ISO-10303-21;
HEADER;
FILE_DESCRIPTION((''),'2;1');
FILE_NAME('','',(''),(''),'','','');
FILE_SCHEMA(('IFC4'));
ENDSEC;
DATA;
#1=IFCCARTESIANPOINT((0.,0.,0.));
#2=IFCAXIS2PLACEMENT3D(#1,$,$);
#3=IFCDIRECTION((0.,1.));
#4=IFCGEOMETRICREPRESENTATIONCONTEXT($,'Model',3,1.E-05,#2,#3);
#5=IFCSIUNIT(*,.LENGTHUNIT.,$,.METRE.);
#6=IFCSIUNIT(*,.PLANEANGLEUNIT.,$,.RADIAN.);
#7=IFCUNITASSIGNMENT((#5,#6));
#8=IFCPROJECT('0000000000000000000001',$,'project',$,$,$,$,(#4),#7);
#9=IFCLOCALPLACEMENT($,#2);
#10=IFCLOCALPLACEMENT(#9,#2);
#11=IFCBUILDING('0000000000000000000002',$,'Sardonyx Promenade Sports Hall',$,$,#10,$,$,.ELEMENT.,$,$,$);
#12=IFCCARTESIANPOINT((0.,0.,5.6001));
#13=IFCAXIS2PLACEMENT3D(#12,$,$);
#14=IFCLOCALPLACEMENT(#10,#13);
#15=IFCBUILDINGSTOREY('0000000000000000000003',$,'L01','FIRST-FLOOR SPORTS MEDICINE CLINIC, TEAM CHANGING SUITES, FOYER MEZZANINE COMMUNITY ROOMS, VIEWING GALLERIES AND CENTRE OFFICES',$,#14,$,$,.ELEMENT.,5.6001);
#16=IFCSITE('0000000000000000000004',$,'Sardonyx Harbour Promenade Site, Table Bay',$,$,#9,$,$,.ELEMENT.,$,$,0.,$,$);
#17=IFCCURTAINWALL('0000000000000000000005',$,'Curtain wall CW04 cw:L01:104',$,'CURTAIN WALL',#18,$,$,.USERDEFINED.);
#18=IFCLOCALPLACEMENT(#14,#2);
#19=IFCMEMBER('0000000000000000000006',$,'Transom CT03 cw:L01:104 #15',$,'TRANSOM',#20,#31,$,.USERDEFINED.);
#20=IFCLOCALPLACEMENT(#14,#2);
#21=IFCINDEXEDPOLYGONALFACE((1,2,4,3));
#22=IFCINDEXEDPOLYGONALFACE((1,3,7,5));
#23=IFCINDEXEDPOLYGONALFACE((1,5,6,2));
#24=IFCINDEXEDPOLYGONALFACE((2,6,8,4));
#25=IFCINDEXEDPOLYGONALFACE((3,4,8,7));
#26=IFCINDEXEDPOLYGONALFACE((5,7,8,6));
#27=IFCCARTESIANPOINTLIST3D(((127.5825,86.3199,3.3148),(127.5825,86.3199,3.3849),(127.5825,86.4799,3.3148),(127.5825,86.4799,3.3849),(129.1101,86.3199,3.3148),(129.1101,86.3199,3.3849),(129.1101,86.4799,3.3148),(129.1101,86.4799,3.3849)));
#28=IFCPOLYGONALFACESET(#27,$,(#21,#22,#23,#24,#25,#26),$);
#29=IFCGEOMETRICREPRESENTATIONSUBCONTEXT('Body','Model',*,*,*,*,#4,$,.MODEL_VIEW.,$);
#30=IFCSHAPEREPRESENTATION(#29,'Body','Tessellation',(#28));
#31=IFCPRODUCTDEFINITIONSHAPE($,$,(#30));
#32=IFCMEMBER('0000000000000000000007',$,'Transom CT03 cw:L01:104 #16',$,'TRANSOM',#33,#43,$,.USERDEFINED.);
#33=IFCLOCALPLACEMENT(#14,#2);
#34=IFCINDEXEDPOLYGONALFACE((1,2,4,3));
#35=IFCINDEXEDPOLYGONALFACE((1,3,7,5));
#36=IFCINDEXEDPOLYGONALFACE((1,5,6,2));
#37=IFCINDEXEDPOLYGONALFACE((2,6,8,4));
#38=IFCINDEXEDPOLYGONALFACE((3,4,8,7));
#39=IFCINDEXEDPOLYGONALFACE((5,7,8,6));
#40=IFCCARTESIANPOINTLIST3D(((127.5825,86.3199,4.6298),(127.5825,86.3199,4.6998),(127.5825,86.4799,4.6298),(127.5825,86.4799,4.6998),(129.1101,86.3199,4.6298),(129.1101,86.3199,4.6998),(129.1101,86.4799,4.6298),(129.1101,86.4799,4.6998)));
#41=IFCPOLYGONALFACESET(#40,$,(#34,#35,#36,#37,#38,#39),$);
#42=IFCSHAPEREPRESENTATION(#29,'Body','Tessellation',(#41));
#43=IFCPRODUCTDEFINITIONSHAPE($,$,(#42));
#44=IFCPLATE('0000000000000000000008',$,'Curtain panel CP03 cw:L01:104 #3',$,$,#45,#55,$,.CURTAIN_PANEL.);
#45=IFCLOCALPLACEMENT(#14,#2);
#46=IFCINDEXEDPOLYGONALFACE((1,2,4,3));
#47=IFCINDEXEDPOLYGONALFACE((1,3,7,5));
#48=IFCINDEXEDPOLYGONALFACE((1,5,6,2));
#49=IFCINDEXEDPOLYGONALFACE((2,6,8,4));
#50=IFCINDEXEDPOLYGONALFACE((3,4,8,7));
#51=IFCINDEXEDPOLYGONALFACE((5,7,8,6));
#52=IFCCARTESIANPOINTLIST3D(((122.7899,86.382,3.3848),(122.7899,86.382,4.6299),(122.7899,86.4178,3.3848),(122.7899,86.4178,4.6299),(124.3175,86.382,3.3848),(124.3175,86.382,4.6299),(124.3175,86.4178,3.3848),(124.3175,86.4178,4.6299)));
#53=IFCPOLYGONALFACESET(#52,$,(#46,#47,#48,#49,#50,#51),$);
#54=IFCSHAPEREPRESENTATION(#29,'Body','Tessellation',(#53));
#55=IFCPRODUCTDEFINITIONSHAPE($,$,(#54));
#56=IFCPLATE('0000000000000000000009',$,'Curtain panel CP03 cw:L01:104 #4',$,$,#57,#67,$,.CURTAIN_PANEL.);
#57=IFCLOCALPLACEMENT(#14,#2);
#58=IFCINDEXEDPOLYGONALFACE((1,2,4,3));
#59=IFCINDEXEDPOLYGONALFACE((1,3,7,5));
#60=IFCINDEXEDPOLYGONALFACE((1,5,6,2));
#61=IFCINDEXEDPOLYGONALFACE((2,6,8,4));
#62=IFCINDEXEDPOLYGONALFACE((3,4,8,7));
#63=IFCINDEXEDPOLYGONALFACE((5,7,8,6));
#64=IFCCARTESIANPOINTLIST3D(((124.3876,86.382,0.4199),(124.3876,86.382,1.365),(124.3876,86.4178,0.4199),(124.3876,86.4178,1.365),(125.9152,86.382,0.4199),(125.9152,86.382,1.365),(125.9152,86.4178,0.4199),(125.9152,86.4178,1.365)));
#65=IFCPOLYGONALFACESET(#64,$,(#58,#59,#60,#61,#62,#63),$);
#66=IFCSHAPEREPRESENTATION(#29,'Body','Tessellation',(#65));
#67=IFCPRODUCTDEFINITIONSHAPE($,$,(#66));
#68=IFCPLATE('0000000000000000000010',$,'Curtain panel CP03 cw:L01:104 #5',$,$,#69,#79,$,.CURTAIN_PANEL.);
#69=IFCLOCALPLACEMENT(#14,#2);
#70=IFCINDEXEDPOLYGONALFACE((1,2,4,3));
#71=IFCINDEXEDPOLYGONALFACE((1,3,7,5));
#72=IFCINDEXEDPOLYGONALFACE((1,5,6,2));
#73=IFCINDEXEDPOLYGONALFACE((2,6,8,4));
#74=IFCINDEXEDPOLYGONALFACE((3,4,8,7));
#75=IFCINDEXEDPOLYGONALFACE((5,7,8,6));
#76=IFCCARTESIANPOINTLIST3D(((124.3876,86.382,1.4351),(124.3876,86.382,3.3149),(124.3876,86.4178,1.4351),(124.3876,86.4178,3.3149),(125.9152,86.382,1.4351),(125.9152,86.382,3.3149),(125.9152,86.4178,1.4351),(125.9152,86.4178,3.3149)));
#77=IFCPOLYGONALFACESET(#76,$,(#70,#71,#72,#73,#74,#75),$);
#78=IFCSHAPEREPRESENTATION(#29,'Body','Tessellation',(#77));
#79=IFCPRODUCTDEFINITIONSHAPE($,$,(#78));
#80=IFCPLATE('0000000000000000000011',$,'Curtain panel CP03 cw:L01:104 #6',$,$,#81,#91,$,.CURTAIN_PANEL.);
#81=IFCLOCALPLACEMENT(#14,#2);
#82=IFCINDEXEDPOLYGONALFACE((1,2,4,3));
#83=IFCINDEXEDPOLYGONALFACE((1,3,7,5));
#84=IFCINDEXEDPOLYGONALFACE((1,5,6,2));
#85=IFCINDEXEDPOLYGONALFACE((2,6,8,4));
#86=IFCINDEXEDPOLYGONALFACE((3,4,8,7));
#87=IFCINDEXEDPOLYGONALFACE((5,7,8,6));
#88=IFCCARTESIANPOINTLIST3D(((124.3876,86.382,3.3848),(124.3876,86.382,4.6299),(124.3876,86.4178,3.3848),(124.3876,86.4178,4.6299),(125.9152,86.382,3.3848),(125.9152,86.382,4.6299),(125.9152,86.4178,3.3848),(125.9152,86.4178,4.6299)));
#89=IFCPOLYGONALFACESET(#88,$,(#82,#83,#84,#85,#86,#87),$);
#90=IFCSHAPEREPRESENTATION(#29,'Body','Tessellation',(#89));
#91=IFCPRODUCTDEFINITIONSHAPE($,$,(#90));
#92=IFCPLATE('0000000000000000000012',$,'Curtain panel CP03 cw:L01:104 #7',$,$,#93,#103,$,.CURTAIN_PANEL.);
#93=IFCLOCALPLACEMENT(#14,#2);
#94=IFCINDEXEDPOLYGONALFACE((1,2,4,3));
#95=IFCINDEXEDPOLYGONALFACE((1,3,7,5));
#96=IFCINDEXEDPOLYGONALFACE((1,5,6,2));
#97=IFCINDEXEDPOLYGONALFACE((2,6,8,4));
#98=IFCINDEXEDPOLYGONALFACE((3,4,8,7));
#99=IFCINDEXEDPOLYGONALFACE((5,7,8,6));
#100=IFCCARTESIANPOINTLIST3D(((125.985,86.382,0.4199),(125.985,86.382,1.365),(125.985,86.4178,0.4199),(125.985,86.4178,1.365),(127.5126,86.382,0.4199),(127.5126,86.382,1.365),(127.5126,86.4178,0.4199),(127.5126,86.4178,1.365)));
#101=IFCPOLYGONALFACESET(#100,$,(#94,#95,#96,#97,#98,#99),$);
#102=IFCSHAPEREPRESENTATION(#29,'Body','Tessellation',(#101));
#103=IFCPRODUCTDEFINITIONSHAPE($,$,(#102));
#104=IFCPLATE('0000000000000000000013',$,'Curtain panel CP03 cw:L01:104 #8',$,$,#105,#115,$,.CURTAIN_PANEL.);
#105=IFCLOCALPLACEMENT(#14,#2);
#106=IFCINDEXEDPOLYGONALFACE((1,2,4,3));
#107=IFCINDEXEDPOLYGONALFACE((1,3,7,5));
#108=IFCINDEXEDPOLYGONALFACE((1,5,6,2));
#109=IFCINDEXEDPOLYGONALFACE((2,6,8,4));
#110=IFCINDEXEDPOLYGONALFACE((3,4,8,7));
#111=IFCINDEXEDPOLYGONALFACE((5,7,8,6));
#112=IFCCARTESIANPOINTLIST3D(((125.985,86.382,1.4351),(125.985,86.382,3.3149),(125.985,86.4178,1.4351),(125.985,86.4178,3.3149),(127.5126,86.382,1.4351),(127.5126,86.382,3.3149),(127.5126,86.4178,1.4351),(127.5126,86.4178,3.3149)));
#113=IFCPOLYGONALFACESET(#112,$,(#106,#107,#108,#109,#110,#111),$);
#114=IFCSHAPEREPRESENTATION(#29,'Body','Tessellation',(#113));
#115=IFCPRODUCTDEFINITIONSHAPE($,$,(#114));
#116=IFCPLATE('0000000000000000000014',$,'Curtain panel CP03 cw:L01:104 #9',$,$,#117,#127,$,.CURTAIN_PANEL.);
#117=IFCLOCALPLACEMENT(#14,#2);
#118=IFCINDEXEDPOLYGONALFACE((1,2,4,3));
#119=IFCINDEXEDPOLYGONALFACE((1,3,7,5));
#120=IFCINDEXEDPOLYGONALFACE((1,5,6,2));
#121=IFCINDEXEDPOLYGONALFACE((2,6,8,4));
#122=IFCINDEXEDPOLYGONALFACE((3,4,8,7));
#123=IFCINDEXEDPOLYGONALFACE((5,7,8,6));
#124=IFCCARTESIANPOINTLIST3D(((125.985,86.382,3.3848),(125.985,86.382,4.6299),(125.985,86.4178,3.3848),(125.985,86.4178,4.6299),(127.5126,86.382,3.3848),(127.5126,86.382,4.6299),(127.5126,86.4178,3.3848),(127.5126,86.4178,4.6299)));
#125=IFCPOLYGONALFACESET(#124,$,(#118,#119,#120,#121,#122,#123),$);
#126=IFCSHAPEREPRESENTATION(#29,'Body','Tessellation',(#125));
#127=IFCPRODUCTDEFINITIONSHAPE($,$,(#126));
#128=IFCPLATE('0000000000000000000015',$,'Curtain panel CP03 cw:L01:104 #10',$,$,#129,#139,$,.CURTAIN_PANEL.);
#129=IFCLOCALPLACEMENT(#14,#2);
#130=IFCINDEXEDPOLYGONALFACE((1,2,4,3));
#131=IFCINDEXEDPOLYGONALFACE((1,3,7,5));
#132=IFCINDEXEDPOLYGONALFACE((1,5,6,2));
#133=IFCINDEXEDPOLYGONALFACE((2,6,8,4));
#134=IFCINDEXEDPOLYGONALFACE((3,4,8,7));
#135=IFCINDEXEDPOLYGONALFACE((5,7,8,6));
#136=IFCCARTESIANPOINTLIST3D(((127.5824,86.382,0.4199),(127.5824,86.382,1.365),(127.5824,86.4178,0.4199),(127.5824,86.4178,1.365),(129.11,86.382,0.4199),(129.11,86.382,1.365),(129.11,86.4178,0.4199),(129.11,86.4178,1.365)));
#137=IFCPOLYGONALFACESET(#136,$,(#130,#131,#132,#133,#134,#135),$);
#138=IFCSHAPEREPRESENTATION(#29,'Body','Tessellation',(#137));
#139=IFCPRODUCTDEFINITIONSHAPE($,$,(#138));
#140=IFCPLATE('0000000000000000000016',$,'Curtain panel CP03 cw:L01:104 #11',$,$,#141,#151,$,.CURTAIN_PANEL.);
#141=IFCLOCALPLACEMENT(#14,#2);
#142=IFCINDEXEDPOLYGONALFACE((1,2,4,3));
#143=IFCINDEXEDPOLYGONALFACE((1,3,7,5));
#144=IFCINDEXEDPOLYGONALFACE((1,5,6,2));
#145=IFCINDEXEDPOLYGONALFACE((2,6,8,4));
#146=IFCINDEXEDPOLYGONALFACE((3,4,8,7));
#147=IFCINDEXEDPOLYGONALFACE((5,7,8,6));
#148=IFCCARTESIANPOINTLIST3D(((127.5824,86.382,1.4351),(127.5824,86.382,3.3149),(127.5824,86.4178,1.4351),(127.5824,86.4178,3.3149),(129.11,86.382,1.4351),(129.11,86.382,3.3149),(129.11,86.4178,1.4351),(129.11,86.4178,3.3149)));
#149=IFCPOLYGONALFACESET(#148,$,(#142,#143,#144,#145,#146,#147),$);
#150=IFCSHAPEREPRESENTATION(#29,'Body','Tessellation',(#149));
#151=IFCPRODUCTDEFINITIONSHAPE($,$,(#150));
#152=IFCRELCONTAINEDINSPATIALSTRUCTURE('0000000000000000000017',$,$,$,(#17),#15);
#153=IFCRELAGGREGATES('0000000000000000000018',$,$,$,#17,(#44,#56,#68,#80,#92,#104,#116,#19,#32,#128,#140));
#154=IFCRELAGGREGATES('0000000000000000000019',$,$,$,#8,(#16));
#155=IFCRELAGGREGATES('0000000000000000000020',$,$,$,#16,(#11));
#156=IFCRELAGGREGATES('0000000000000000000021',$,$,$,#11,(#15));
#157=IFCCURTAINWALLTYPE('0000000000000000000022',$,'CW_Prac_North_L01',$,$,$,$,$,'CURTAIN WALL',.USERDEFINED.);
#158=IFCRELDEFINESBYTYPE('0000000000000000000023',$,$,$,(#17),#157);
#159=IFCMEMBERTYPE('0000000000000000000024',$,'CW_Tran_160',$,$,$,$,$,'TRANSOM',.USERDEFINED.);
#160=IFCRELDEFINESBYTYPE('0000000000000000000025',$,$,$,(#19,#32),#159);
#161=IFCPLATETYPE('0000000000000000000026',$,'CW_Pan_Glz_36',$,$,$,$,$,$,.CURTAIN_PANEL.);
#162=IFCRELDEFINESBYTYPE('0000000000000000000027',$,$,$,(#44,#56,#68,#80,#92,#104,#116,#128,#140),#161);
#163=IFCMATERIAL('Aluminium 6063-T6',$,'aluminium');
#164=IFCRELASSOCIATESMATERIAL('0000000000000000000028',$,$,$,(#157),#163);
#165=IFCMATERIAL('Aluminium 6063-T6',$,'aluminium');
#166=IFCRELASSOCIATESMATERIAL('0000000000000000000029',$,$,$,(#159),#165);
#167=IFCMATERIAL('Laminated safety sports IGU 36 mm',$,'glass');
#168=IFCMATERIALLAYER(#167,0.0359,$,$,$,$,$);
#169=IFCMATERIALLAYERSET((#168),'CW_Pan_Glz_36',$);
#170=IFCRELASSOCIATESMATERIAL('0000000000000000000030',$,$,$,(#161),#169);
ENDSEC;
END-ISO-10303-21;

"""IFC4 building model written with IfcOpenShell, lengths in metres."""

from ifc_helpers import new_model, si_unit, direction, frame, origin, origin_2d, place, context, subcontext, project, spatial, rectangle, extrude, material, layer, layer_set, material_profile, profile_set, type_object, element, aggregate, save


model = new_model("IFC4")

# Units and contexts
model_context = context("Model", 3, precision=1e-05, world=origin(), true_north=direction((0.0, 1.0)))
body_context = subcontext(model_context, "Body", "Model", "MODEL_VIEW")
ifc_project = project(units=[si_unit("LENGTHUNIT", "METRE"), si_unit("PLANEANGLEUNIT", "RADIAN")], contexts=[model_context])

# Site, building, storey
site_placement = place(None, origin())
site = spatial("IfcSite", under=ifc_project, at=site_placement, Name="Sardonyx Harbour Promenade Site, Table Bay", CompositionType="ELEMENT", RefElevation=0.0)
building_placement = place(site_placement, origin())
building = spatial("IfcBuilding", under=site, at=building_placement, Name="Sardonyx Promenade Sports Hall", CompositionType="ELEMENT")
storey_placement = place(building_placement, frame((0.0, 0.0, 5.6001)))
storey = spatial("IfcBuildingStorey", under=building, at=storey_placement, Name="L01", Description="FIRST-FLOOR SPORTS MEDICINE CLINIC, TEAM CHANGING SUITES, FOYER MEZZANINE COMMUNITY ROOMS, VIEWING GALLERIES AND CENTRE OFFICES", CompositionType="ELEMENT", Elevation=5.6001)

# Curtain wall, members, plates
ifc_material_1 = material(Name="Aluminium 6063-T6", Category="aluminium")
curtain_wall_type = type_object("IfcCurtainWallType", Name="CW_Prac_North_L01", ElementType="CURTAIN WALL", PredefinedType="USERDEFINED", material=ifc_material_1)
curtain_wall_placement = place(storey_placement, origin())
curtain_wall = element("IfcCurtainWall", 1, at=curtain_wall_placement, inside=storey, type_object=curtain_wall_type, Name="Curtain wall CW04 cw:L01:104", ObjectType="CURTAIN WALL", PredefinedType="USERDEFINED")
ifc_material_2 = material(Name="Aluminium 6063-T6", Category="aluminium")
ifc_material_profile_1 = material_profile(ifc_material_2, rectangle(XDim=0.0701, YDim=0.1599, at=origin_2d()))
ifc_profile_set_1 = profile_set([ifc_material_profile_1], Name="Aluminium 6063-T6")
member_type_1 = type_object("IfcMemberType", Name="CW_Tran_160", ElementType="TRANSOM", PredefinedType="USERDEFINED", material=ifc_profile_set_1)
member_1_placement = place(storey_placement, frame((127.5825, 86.3999, 3.3499), z_axis=(1.0, 0.0, 0.0), x_axis=(0.0, 0.0, 1.0)))
member_1 = element("IfcMember", 2, at=member_1_placement, type_object=member_type_1, Name="Transom CT03 cw:L01:104 #15", ObjectType="TRANSOM", PredefinedType="USERDEFINED", context=body_context, shape_type="SweptSolid", body=[
    extrude(rectangle(XDim=0.0701, YDim=0.1599, at=origin_2d()), origin(), (0.0, 0.0, 1.0), 1.5276),
])
member_2_placement = place(storey_placement, frame((127.5825, 86.3999, 4.6648), z_axis=(1.0, 0.0, 0.0), x_axis=(0.0, 0.0, 1.0)))
member_2 = element("IfcMember", 3, at=member_2_placement, type_object=member_type_1, Name="Transom CT03 cw:L01:104 #16", ObjectType="TRANSOM", PredefinedType="USERDEFINED", context=body_context, shape_type="SweptSolid", body=[
    extrude(rectangle(XDim=0.0701, YDim=0.1599, at=origin_2d()), origin(), (0.0, 0.0, 1.0), 1.5276),
])
ifc_material_3 = material(Name="Laminated safety sports IGU 36 mm", Category="glass")
ifc_layer = layer(ifc_material_3, 0.0359)
ifc_layer_set = layer_set([ifc_layer], Name="CW_Pan_Glz_36")
plate_type = type_object("IfcPlateType", Name="CW_Pan_Glz_36", PredefinedType="CURTAIN_PANEL", material=ifc_layer_set)
plate_1_placement = place(storey_placement, frame((123.5537, 86.3999, 3.3848), z_axis=(0.0, 0.0, 1.0), x_axis=(1.0, 0.0, 0.0)))
plate_1 = element("IfcPlate", 4, at=plate_1_placement, type_object=plate_type, Name="Curtain panel CP03 cw:L01:104 #3", PredefinedType="CURTAIN_PANEL", context=body_context, shape_type="SweptSolid", body=[
    extrude(rectangle(XDim=1.5276, YDim=0.0359, at=origin_2d()), origin(), (0.0, 0.0, 1.0), 1.2451),
])
plate_2_placement = place(storey_placement, frame((125.1514, 86.3999, 0.4199), z_axis=(0.0, 0.0, 1.0), x_axis=(1.0, 0.0, 0.0)))
plate_2 = element("IfcPlate", 5, at=plate_2_placement, type_object=plate_type, Name="Curtain panel CP03 cw:L01:104 #4", PredefinedType="CURTAIN_PANEL", context=body_context, shape_type="SweptSolid", body=[
    extrude(rectangle(XDim=1.5276, YDim=0.0359, at=origin_2d()), origin(), (0.0, 0.0, 1.0), 0.9451),
])
plate_3_placement = place(storey_placement, frame((125.1514, 86.3999, 1.4351), z_axis=(0.0, 0.0, 1.0), x_axis=(1.0, 0.0, 0.0)))
plate_3 = element("IfcPlate", 6, at=plate_3_placement, type_object=plate_type, Name="Curtain panel CP03 cw:L01:104 #5", PredefinedType="CURTAIN_PANEL", context=body_context, shape_type="SweptSolid", body=[
    extrude(rectangle(XDim=1.5276, YDim=0.0359, at=origin_2d()), origin(), (0.0, 0.0, 1.0), 1.8799),
])
plate_4_placement = place(storey_placement, frame((125.1514, 86.3999, 3.3848), z_axis=(0.0, 0.0, 1.0), x_axis=(1.0, 0.0, 0.0)))
plate_4 = element("IfcPlate", 7, at=plate_4_placement, type_object=plate_type, Name="Curtain panel CP03 cw:L01:104 #6", PredefinedType="CURTAIN_PANEL", context=body_context, shape_type="SweptSolid", body=[
    extrude(rectangle(XDim=1.5276, YDim=0.0359, at=origin_2d()), origin(), (0.0, 0.0, 1.0), 1.2451),
])
plate_5_placement = place(storey_placement, frame((126.7488, 86.3999, 0.4199), z_axis=(0.0, 0.0, 1.0), x_axis=(1.0, 0.0, 0.0)))
plate_5 = element("IfcPlate", 8, at=plate_5_placement, type_object=plate_type, Name="Curtain panel CP03 cw:L01:104 #7", PredefinedType="CURTAIN_PANEL", context=body_context, shape_type="SweptSolid", body=[
    extrude(rectangle(XDim=1.5276, YDim=0.0359, at=origin_2d()), origin(), (0.0, 0.0, 1.0), 0.9451),
])
plate_6_placement = place(storey_placement, frame((126.7488, 86.3999, 1.4351), z_axis=(0.0, 0.0, 1.0), x_axis=(1.0, 0.0, 0.0)))
plate_6 = element("IfcPlate", 9, at=plate_6_placement, type_object=plate_type, Name="Curtain panel CP03 cw:L01:104 #8", PredefinedType="CURTAIN_PANEL", context=body_context, shape_type="SweptSolid", body=[
    extrude(rectangle(XDim=1.5276, YDim=0.0359, at=origin_2d()), origin(), (0.0, 0.0, 1.0), 1.8799),
])
plate_7_placement = place(storey_placement, frame((126.7488, 86.3999, 3.3848), z_axis=(0.0, 0.0, 1.0), x_axis=(1.0, 0.0, 0.0)))
plate_7 = element("IfcPlate", 10, at=plate_7_placement, type_object=plate_type, Name="Curtain panel CP03 cw:L01:104 #9", PredefinedType="CURTAIN_PANEL", context=body_context, shape_type="SweptSolid", body=[
    extrude(rectangle(XDim=1.5276, YDim=0.0359, at=origin_2d()), origin(), (0.0, 0.0, 1.0), 1.2451),
])
plate_8_placement = place(storey_placement, frame((128.3462, 86.3999, 0.4199), z_axis=(0.0, 0.0, 1.0), x_axis=(1.0, 0.0, 0.0)))
plate_8 = element("IfcPlate", 11, at=plate_8_placement, type_object=plate_type, Name="Curtain panel CP03 cw:L01:104 #10", PredefinedType="CURTAIN_PANEL", context=body_context, shape_type="SweptSolid", body=[
    extrude(rectangle(XDim=1.5276, YDim=0.0359, at=origin_2d()), origin(), (0.0, 0.0, 1.0), 0.9451),
])
plate_9_placement = place(storey_placement, frame((128.3462, 86.3999, 1.4351), z_axis=(0.0, 0.0, 1.0), x_axis=(1.0, 0.0, 0.0)))
plate_9 = element("IfcPlate", 12, at=plate_9_placement, type_object=plate_type, Name="Curtain panel CP03 cw:L01:104 #11", PredefinedType="CURTAIN_PANEL", context=body_context, shape_type="SweptSolid", body=[
    extrude(rectangle(XDim=1.5276, YDim=0.0359, at=origin_2d()), origin(), (0.0, 0.0, 1.0), 1.8799),
])
aggregate(curtain_wall, [plate_1, plate_2, plate_3, plate_4, plate_5, plate_6, plate_7, member_1, member_2, plate_8, plate_9])

save(model, "model.ifc")
